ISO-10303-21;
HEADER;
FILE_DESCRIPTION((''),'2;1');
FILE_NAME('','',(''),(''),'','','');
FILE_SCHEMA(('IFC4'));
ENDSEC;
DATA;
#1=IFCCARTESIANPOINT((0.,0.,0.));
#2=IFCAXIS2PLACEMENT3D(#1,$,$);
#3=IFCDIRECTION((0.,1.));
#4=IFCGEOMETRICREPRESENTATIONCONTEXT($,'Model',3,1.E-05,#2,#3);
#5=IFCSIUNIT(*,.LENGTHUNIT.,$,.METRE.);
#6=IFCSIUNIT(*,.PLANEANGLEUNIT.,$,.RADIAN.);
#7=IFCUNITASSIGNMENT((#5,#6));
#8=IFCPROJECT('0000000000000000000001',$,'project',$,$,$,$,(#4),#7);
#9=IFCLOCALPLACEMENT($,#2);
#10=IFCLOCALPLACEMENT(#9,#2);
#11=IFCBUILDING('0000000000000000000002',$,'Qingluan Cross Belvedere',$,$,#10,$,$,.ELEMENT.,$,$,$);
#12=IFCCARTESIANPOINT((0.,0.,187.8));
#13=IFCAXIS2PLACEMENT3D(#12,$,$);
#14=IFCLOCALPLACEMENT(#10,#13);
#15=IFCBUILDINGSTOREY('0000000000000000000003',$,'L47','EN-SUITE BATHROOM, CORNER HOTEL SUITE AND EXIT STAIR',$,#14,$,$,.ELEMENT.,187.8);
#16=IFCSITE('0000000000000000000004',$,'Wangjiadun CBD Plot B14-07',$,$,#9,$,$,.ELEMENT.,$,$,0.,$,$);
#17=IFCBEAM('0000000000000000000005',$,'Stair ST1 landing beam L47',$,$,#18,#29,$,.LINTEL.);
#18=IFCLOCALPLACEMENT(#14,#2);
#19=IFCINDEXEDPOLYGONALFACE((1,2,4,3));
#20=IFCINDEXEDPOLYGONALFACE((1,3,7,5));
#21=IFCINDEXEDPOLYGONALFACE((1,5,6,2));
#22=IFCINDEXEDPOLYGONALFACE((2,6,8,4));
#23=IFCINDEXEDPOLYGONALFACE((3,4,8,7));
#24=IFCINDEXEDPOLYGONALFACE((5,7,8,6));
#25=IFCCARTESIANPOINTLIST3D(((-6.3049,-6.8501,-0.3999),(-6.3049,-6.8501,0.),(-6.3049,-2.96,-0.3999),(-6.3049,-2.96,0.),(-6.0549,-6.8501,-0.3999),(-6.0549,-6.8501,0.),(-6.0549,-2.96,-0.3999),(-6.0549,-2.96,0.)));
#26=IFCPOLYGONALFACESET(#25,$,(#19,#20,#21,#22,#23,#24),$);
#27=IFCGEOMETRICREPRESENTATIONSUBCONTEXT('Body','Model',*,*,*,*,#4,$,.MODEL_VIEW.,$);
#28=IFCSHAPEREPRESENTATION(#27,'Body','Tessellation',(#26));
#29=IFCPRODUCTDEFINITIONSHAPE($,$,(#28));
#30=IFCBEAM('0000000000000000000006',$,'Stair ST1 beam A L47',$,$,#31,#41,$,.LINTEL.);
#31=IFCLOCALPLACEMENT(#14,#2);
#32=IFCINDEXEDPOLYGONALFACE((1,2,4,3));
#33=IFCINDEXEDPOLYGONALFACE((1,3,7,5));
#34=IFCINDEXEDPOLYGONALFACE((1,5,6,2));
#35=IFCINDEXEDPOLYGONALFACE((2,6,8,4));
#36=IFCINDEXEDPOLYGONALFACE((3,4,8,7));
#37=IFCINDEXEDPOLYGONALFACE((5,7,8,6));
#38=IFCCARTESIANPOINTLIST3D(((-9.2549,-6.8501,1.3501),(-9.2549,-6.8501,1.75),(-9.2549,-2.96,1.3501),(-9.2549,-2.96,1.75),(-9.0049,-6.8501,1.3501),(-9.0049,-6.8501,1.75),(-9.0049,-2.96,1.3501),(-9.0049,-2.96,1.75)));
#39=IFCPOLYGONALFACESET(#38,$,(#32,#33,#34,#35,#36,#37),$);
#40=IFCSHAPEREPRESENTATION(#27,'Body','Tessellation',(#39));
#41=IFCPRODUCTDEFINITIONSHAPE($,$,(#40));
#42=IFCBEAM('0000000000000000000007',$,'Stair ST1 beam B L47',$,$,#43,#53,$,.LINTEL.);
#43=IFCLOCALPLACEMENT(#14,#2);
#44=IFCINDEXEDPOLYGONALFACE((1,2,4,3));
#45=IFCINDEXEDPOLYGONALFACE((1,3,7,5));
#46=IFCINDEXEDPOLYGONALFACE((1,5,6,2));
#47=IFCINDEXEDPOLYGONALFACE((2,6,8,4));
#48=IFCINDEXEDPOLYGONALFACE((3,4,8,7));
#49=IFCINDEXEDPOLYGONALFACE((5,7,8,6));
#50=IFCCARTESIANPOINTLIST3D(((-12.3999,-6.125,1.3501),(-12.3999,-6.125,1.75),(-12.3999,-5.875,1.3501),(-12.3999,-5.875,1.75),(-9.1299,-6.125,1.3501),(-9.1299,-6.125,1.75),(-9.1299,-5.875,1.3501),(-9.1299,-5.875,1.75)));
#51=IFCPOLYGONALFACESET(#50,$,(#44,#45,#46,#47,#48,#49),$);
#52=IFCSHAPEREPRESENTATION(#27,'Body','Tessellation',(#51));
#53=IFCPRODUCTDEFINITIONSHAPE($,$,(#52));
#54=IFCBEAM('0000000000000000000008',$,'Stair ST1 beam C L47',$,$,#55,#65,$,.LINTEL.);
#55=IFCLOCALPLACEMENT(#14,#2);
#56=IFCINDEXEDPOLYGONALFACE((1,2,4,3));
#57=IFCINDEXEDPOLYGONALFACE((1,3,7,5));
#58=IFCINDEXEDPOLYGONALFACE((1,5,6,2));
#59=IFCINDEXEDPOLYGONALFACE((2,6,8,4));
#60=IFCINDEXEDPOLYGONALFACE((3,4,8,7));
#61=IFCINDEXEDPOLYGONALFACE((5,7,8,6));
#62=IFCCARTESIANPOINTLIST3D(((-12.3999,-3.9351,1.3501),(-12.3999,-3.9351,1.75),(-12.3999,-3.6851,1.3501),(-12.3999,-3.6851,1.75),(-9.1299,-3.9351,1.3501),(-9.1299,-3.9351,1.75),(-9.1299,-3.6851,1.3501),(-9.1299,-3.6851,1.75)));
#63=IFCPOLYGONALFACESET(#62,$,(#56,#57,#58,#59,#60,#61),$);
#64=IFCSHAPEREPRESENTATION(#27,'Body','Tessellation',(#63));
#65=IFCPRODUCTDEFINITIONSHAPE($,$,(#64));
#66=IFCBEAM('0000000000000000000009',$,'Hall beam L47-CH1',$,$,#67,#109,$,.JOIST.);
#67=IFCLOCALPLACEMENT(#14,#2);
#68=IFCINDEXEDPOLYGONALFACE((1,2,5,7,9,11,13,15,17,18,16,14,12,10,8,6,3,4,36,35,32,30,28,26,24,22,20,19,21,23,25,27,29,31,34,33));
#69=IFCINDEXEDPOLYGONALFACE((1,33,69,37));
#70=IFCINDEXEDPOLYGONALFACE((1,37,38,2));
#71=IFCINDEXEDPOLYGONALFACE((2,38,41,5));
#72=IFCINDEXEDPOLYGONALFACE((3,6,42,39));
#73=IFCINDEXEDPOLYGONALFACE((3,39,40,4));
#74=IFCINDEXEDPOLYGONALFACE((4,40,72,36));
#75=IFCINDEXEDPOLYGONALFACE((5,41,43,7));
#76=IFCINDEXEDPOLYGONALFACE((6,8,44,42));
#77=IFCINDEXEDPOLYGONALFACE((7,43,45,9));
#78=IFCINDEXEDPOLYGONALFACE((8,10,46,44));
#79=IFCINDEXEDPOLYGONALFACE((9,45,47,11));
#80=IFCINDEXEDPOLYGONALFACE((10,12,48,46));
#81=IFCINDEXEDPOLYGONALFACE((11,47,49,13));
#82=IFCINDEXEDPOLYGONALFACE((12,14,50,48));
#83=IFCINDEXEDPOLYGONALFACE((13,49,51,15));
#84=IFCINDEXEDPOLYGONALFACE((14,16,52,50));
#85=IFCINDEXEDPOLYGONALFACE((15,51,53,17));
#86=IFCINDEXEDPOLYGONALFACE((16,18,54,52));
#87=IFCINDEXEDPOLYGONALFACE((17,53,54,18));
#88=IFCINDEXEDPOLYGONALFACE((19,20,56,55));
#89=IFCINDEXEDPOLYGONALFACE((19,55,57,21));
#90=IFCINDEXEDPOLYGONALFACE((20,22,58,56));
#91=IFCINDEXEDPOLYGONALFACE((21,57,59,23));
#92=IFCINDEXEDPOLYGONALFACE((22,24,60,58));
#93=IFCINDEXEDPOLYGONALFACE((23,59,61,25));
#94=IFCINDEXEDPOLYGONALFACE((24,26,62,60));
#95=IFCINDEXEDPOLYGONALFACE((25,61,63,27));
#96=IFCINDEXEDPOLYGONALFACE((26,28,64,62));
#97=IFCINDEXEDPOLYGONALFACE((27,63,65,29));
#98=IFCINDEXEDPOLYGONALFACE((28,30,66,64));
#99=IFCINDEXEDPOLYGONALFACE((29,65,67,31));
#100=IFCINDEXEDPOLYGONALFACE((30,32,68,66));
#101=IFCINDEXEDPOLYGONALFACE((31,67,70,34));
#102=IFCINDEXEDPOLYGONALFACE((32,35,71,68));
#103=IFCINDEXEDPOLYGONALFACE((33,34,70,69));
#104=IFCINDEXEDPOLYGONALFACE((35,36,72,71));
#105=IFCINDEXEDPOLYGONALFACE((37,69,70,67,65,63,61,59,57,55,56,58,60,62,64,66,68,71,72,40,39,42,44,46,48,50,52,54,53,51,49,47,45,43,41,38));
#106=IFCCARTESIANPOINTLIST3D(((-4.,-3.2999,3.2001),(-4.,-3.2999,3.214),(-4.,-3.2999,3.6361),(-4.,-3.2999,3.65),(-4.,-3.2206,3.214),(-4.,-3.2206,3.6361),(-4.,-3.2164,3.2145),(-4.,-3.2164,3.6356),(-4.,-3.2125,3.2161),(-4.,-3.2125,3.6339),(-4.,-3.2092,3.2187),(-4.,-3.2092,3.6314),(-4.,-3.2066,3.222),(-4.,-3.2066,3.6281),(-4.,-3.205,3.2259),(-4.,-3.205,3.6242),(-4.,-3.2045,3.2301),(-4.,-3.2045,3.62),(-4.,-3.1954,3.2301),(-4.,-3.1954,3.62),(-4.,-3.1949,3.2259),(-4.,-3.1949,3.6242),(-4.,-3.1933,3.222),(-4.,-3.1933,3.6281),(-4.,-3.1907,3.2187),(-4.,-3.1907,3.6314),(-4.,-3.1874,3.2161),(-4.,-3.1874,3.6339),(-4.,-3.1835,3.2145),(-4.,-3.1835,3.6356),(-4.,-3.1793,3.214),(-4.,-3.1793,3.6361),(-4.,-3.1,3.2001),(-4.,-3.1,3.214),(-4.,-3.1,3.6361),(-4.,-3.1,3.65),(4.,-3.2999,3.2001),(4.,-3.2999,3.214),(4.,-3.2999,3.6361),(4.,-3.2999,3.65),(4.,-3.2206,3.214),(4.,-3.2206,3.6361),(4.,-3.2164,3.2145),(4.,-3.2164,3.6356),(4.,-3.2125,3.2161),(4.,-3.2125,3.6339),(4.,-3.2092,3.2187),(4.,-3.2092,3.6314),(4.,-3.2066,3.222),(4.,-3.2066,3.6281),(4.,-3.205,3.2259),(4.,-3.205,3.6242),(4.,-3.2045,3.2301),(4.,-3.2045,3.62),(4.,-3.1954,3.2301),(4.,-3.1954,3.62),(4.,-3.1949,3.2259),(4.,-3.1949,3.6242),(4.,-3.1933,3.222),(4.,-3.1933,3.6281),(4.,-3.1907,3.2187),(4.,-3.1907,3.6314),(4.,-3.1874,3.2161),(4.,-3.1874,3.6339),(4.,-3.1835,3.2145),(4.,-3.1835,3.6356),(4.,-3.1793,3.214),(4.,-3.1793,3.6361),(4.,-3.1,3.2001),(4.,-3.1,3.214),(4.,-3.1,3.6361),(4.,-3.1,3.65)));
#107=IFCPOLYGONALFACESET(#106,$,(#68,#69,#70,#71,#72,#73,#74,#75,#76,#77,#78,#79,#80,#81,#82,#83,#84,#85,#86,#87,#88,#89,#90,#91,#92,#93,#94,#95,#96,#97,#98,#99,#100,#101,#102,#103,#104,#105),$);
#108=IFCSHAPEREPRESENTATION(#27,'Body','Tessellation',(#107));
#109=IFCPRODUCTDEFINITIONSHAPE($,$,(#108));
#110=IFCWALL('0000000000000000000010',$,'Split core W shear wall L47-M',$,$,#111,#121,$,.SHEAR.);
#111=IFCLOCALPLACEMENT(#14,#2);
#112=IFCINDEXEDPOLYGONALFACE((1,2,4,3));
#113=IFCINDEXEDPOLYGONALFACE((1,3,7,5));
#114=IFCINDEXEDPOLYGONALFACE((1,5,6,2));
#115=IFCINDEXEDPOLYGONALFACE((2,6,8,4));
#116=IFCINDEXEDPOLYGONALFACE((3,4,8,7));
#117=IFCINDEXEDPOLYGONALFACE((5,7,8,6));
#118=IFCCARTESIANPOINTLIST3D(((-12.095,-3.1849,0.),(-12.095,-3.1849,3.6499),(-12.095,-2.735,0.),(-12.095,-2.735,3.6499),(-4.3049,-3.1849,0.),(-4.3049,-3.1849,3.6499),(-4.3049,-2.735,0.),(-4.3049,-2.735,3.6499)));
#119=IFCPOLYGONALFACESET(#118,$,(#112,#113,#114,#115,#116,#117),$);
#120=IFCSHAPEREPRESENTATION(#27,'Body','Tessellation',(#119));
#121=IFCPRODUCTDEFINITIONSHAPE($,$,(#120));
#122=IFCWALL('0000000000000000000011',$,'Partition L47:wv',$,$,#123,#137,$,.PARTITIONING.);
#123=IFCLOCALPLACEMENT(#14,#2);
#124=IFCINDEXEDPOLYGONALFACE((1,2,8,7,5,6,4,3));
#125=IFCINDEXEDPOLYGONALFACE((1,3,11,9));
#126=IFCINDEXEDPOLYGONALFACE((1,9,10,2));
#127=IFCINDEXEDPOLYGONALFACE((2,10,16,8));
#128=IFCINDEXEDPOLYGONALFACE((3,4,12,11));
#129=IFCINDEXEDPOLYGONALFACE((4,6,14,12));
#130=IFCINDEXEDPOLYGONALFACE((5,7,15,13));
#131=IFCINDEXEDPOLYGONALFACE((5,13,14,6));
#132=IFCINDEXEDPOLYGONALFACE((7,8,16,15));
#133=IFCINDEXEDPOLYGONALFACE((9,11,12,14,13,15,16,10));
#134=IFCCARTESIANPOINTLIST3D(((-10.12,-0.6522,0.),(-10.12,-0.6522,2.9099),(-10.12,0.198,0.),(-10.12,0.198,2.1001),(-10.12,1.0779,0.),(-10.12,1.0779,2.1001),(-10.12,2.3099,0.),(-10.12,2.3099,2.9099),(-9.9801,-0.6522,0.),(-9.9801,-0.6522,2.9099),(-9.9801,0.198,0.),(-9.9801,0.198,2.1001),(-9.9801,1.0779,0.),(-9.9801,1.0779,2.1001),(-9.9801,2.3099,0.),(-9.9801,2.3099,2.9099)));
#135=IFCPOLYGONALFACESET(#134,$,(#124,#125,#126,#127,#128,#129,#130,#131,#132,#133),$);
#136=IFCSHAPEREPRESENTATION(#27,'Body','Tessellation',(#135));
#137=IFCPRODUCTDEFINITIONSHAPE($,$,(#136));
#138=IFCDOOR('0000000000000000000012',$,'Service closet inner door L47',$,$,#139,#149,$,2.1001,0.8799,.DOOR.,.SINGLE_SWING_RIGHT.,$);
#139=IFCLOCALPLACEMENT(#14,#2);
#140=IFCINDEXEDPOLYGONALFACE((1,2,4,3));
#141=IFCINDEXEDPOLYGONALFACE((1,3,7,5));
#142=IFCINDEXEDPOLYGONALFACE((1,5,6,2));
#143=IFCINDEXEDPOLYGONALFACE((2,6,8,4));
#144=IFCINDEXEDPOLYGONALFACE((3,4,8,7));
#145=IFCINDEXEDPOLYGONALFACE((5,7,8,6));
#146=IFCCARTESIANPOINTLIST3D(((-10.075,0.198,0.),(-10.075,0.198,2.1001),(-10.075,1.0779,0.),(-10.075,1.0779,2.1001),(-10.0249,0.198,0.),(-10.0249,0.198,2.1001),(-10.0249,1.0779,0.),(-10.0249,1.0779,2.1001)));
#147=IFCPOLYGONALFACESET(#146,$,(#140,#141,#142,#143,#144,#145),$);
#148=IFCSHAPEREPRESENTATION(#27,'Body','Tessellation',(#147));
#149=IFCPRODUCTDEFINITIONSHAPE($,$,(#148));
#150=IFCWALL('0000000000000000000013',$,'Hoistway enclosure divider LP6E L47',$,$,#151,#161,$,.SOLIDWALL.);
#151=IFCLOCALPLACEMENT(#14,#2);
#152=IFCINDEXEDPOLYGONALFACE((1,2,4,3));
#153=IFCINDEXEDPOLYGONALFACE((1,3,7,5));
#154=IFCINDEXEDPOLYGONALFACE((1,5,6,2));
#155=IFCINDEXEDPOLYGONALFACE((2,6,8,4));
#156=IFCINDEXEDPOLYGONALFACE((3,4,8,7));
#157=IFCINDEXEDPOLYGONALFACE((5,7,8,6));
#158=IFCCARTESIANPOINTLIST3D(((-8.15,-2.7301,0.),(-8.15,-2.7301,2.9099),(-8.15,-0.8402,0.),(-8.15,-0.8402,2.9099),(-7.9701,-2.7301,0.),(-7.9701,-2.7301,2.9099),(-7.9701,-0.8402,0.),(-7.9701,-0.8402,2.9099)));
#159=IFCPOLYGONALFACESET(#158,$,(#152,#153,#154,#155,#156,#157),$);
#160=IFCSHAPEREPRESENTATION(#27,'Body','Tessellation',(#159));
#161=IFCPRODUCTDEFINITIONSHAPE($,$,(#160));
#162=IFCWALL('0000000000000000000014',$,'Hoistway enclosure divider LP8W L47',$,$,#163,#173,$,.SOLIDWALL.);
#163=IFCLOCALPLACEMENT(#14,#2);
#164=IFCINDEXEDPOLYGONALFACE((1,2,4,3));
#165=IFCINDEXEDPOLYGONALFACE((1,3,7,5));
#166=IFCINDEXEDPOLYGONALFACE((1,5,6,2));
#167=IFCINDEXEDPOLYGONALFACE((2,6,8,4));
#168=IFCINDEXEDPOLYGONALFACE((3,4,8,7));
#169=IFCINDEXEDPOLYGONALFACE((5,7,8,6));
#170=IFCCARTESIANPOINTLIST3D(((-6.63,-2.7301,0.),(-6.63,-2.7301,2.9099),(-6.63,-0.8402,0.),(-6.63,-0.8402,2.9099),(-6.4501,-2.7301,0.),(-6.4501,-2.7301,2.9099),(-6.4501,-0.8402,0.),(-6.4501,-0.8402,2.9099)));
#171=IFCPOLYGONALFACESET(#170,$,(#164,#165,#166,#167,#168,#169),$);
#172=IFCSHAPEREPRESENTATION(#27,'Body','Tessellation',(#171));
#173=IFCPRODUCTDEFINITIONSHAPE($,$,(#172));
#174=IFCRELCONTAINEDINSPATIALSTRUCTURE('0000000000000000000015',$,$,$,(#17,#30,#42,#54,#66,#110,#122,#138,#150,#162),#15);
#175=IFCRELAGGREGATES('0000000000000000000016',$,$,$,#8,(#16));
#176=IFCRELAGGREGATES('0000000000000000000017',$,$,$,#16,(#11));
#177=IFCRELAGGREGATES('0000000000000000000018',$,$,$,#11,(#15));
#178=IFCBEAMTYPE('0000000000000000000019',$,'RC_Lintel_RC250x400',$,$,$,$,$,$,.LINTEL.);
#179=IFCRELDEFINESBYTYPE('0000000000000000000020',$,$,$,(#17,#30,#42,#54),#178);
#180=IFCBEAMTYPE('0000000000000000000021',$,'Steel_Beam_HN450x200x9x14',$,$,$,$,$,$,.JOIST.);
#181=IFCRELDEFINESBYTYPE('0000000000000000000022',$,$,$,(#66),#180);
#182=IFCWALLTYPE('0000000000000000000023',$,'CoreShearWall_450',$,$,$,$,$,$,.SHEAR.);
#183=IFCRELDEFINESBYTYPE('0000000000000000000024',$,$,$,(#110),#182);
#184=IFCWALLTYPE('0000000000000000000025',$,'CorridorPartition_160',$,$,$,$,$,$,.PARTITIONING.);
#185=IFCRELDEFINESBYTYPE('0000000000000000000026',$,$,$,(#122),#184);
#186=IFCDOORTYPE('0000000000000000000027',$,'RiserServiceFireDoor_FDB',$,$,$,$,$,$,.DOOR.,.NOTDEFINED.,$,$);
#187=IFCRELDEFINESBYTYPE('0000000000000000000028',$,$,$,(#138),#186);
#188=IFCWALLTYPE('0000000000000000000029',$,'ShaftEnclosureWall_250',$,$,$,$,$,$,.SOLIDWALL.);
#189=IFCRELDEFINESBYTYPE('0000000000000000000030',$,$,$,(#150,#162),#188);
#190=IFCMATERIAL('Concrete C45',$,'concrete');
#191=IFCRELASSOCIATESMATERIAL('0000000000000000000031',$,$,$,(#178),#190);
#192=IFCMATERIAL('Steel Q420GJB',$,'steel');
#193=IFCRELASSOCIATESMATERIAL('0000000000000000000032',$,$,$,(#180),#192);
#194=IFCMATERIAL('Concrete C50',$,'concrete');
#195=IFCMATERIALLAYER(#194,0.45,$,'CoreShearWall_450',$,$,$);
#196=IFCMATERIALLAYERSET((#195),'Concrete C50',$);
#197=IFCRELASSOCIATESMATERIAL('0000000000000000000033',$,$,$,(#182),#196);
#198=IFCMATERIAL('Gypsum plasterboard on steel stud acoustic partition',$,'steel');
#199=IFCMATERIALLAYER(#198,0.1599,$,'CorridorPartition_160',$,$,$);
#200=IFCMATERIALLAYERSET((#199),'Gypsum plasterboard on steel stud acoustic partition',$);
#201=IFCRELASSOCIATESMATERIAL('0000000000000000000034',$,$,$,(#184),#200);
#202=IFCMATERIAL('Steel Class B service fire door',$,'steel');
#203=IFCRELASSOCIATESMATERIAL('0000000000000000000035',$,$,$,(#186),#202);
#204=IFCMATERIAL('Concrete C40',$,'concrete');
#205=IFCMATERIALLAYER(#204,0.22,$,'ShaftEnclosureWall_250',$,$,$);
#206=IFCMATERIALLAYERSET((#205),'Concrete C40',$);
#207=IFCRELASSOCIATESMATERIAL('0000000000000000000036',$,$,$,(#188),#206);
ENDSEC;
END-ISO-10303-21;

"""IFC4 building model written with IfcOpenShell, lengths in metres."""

from ifc_helpers import new_model, si_unit, direction, frame, frame_2d, origin, origin_2d, place, context, subcontext, project, spatial, rectangle, i_section, extrude, material, layer, layer_set, material_profile, profile_set, type_object, element, fill, save


model = new_model("IFC4")

# Units and contexts
model_context = context("Model", 3, precision=1e-05, world=origin(), true_north=direction((0.0, 1.0)))
body_context = subcontext(model_context, "Body", "Model", "MODEL_VIEW")
ifc_project = project(units=[si_unit("LENGTHUNIT", "METRE"), si_unit("PLANEANGLEUNIT", "RADIAN")], contexts=[model_context])

# Site, building, storey
site_placement = place(None, origin())
site = spatial("IfcSite", under=ifc_project, at=site_placement, Name="Wangjiadun CBD Plot B14-07", CompositionType="ELEMENT", RefElevation=0.0)
building_placement = place(site_placement, origin())
building = spatial("IfcBuilding", under=site, at=building_placement, Name="Qingluan Cross Belvedere", CompositionType="ELEMENT")
storey_placement = place(building_placement, frame((0.0, 0.0, 187.8)))
storey = spatial("IfcBuildingStorey", under=building, at=storey_placement, Name="L47", Description="EN-SUITE BATHROOM, CORNER HOTEL SUITE AND EXIT STAIR", CompositionType="ELEMENT", Elevation=187.8)

# Beams
ifc_material_1 = material(Name="Concrete C45", Category="concrete")
ifc_material_profile_1 = material_profile(ifc_material_1, rectangle(XDim=0.25, YDim=0.3999, at=origin_2d()), Name="RC250x400")
ifc_profile_set_1 = profile_set([ifc_material_profile_1], Name="Concrete C45")
beam_type_1 = type_object("IfcBeamType", Name="RC_Lintel_RC250x400", PredefinedType="LINTEL", material=ifc_profile_set_1)
for number, where, z_axis, x_axis, name in (
    (1, (-6.1799, -6.8501, -0.2), (0.0, 1.0, 0.0), (-1.0, 0.0, 0.0), "Stair ST1 landing beam L47"),
    (2, (-9.1299, -6.8501, 1.55), (0.0, 1.0, 0.0), (-1.0, 0.0, 0.0), "Stair ST1 beam A L47"),
):
    element("IfcBeam", number, at=place(storey_placement, frame(where, z_axis=z_axis, x_axis=x_axis)), inside=storey, type_object=beam_type_1, Name=name, PredefinedType="LINTEL", context=body_context, shape_type="SweptSolid", body=[
        extrude(rectangle(XDim=0.25, YDim=0.3999, at=origin_2d()), origin(), (0.0, 0.0, 1.0), 3.8901),
    ])
for number, where, z_axis, x_axis, name in (
    (3, (-12.3999, -6.0, 1.55), (1.0, 0.0, 0.0), (0.0, 1.0, 0.0), "Stair ST1 beam B L47"),
    (4, (-12.3999, -3.8101, 1.55), (1.0, 0.0, 0.0), (0.0, 1.0, 0.0), "Stair ST1 beam C L47"),
):
    element("IfcBeam", number, at=place(storey_placement, frame(where, z_axis=z_axis, x_axis=x_axis)), inside=storey, type_object=beam_type_1, Name=name, PredefinedType="LINTEL", context=body_context, shape_type="SweptSolid", body=[
        extrude(rectangle(XDim=0.25, YDim=0.3999, at=origin_2d()), origin(), (0.0, 0.0, 1.0), 3.27),
    ])
ifc_material_2 = material(Name="Steel Q420GJB", Category="steel")
ifc_material_profile_2 = material_profile(ifc_material_2, i_section(OverallWidth=0.2, OverallDepth=0.45, WebThickness=0.009, FlangeThickness=0.0139, FilletRadius=0.0161, at=origin_2d()), Name="HN450x200x9x14")
ifc_profile_set_2 = profile_set([ifc_material_profile_2], Name="Steel Q420GJB")
beam_type_2 = type_object("IfcBeamType", Name="Steel_Beam_HN450x200x9x14", PredefinedType="JOIST", material=ifc_profile_set_2)
beam_placement = place(storey_placement, frame((-4.0, -3.2, 3.425), z_axis=(1.0, 0.0, 0.0), x_axis=(0.0, 1.0, 0.0)))
element("IfcBeam", 5, at=beam_placement, inside=storey, type_object=beam_type_2, Name="Hall beam L47-CH1", PredefinedType="JOIST", context=body_context, shape_type="SweptSolid", body=[
    extrude(i_section(OverallWidth=0.2, OverallDepth=0.45, WebThickness=0.009, FlangeThickness=0.0139, FilletRadius=0.0161, at=origin_2d()), origin(), (0.0, 0.0, 1.0), 8.0),
])

# Wall
ifc_material_3 = material(Name="Concrete C50", Category="concrete")
ifc_layer_1 = layer(ifc_material_3, 0.45, Name="CoreShearWall_450")
ifc_layer_set_1 = layer_set([ifc_layer_1], Name="Concrete C50")
wall_type_1 = type_object("IfcWallType", Name="CoreShearWall_450", PredefinedType="SHEAR", material=ifc_layer_set_1)
wall_1_placement = place(storey_placement, frame((-12.095, -2.96, 0.0), z_axis=(0.0, 0.0, 1.0), x_axis=(1.0, 0.0, 0.0)))
element("IfcWall", 6, at=wall_1_placement, inside=storey, type_object=wall_type_1, Name="Split core W shear wall L47-M", PredefinedType="SHEAR", context=body_context, shape_type="SweptSolid", body=[
    extrude(rectangle(XDim=7.79, YDim=0.45, at=frame_2d((3.895, 0.0))), origin(), (0.0, 0.0, 1.0), 3.6499),
])

# Wall, opening, door
ifc_material_4 = material(Name="Gypsum plasterboard on steel stud acoustic partition", Category="steel")
ifc_layer_2 = layer(ifc_material_4, 0.1599, Name="CorridorPartition_160")
ifc_layer_set_2 = layer_set([ifc_layer_2], Name="Gypsum plasterboard on steel stud acoustic partition")
wall_type_2 = type_object("IfcWallType", Name="CorridorPartition_160", PredefinedType="PARTITIONING", material=ifc_layer_set_2)
wall_2_placement = place(storey_placement, frame((-10.05, -0.6521, 0.0), z_axis=(0.0, 0.0, 1.0), x_axis=(0.0, 1.0, 0.0)))
wall_2 = element("IfcWall", 7, at=wall_2_placement, inside=storey, type_object=wall_type_2, Name="Partition L47:wv", PredefinedType="PARTITIONING", context=body_context, shape_type="SweptSolid", body=[
    extrude(rectangle(XDim=2.9622, YDim=0.1399, at=frame_2d((1.481, 0.0))), origin(), (0.0, 0.0, 1.0), 2.9099),
])
opening_1_placement = place(wall_2_placement, frame((0.8501, 0.0, 0.0)))
opening_1 = element("IfcOpeningElement", 8, at=opening_1_placement, cuts=wall_2, PredefinedType="OPENING", context=body_context, shape_type="SweptSolid", body=[
    extrude(rectangle(XDim=0.8799, YDim=2.1001, at=frame_2d((0.4399, 1.05))), frame((0.0, 0.0798, 0.0), z_axis=(0.0, -1.0, 0.0), x_axis=(1.0, 0.0, 0.0)), (0.0, 0.0, 1.0), 0.1599),
])
ifc_material_5 = material(Name="Steel Class B service fire door", Category="steel")
door_type_1 = type_object("IfcDoorType", Name="RiserServiceFireDoor_FDB", OperationType="NOTDEFINED", PredefinedType="DOOR", material=ifc_material_5)
door_1_placement = place(opening_1_placement, origin())
door_1 = element("IfcDoor", 9, at=door_1_placement, inside=storey, type_object=door_type_1, Name="Service closet inner door L47", OperationType="SINGLE_SWING_RIGHT", OverallHeight=2.1001, OverallWidth=0.8799, PredefinedType="DOOR", context=body_context, shape_type="SweptSolid", body=[
    extrude(rectangle(XDim=0.8799, YDim=2.1001, at=frame_2d((0.4399, 1.05))), frame((0.0, 0.0249, 0.0), z_axis=(0.0, -1.0, 0.0), x_axis=(1.0, 0.0, 0.0)), (0.0, 0.0, 1.0), 0.05),
])
fill(opening_1, door_1)

# Shared definitions
ifc_material_6 = material(Name="Concrete C40", Category="concrete")
ifc_layer_3 = layer(ifc_material_6, 0.22, Name="ShaftEnclosureWall_250")
ifc_layer_set_3 = layer_set([ifc_layer_3], Name="Concrete C40")
wall_type_3 = type_object("IfcWallType", Name="ShaftEnclosureWall_250", PredefinedType="SOLIDWALL", material=ifc_layer_set_3)

# Walls
for number, where, z_axis, x_axis, name in (
    (10, (-8.0601, -2.73, 0.0), (0.0, 0.0, 1.0), (0.0, 1.0, 0.0), "Hoistway enclosure divider LP6E L47"),
    (11, (-6.54, -2.73, 0.0), (0.0, 0.0, 1.0), (0.0, 1.0, 0.0), "Hoistway enclosure divider LP8W L47"),
):
    element("IfcWall", number, at=place(storey_placement, frame(where, z_axis=z_axis, x_axis=x_axis)), inside=storey, type_object=wall_type_3, Name=name, PredefinedType="SOLIDWALL", context=body_context, shape_type="SweptSolid", body=[
        extrude(rectangle(XDim=1.8899, YDim=0.1799, at=frame_2d((0.9448, 0.0))), origin(), (0.0, 0.0, 1.0), 2.9099),
    ])

save(model, "model.ifc")
